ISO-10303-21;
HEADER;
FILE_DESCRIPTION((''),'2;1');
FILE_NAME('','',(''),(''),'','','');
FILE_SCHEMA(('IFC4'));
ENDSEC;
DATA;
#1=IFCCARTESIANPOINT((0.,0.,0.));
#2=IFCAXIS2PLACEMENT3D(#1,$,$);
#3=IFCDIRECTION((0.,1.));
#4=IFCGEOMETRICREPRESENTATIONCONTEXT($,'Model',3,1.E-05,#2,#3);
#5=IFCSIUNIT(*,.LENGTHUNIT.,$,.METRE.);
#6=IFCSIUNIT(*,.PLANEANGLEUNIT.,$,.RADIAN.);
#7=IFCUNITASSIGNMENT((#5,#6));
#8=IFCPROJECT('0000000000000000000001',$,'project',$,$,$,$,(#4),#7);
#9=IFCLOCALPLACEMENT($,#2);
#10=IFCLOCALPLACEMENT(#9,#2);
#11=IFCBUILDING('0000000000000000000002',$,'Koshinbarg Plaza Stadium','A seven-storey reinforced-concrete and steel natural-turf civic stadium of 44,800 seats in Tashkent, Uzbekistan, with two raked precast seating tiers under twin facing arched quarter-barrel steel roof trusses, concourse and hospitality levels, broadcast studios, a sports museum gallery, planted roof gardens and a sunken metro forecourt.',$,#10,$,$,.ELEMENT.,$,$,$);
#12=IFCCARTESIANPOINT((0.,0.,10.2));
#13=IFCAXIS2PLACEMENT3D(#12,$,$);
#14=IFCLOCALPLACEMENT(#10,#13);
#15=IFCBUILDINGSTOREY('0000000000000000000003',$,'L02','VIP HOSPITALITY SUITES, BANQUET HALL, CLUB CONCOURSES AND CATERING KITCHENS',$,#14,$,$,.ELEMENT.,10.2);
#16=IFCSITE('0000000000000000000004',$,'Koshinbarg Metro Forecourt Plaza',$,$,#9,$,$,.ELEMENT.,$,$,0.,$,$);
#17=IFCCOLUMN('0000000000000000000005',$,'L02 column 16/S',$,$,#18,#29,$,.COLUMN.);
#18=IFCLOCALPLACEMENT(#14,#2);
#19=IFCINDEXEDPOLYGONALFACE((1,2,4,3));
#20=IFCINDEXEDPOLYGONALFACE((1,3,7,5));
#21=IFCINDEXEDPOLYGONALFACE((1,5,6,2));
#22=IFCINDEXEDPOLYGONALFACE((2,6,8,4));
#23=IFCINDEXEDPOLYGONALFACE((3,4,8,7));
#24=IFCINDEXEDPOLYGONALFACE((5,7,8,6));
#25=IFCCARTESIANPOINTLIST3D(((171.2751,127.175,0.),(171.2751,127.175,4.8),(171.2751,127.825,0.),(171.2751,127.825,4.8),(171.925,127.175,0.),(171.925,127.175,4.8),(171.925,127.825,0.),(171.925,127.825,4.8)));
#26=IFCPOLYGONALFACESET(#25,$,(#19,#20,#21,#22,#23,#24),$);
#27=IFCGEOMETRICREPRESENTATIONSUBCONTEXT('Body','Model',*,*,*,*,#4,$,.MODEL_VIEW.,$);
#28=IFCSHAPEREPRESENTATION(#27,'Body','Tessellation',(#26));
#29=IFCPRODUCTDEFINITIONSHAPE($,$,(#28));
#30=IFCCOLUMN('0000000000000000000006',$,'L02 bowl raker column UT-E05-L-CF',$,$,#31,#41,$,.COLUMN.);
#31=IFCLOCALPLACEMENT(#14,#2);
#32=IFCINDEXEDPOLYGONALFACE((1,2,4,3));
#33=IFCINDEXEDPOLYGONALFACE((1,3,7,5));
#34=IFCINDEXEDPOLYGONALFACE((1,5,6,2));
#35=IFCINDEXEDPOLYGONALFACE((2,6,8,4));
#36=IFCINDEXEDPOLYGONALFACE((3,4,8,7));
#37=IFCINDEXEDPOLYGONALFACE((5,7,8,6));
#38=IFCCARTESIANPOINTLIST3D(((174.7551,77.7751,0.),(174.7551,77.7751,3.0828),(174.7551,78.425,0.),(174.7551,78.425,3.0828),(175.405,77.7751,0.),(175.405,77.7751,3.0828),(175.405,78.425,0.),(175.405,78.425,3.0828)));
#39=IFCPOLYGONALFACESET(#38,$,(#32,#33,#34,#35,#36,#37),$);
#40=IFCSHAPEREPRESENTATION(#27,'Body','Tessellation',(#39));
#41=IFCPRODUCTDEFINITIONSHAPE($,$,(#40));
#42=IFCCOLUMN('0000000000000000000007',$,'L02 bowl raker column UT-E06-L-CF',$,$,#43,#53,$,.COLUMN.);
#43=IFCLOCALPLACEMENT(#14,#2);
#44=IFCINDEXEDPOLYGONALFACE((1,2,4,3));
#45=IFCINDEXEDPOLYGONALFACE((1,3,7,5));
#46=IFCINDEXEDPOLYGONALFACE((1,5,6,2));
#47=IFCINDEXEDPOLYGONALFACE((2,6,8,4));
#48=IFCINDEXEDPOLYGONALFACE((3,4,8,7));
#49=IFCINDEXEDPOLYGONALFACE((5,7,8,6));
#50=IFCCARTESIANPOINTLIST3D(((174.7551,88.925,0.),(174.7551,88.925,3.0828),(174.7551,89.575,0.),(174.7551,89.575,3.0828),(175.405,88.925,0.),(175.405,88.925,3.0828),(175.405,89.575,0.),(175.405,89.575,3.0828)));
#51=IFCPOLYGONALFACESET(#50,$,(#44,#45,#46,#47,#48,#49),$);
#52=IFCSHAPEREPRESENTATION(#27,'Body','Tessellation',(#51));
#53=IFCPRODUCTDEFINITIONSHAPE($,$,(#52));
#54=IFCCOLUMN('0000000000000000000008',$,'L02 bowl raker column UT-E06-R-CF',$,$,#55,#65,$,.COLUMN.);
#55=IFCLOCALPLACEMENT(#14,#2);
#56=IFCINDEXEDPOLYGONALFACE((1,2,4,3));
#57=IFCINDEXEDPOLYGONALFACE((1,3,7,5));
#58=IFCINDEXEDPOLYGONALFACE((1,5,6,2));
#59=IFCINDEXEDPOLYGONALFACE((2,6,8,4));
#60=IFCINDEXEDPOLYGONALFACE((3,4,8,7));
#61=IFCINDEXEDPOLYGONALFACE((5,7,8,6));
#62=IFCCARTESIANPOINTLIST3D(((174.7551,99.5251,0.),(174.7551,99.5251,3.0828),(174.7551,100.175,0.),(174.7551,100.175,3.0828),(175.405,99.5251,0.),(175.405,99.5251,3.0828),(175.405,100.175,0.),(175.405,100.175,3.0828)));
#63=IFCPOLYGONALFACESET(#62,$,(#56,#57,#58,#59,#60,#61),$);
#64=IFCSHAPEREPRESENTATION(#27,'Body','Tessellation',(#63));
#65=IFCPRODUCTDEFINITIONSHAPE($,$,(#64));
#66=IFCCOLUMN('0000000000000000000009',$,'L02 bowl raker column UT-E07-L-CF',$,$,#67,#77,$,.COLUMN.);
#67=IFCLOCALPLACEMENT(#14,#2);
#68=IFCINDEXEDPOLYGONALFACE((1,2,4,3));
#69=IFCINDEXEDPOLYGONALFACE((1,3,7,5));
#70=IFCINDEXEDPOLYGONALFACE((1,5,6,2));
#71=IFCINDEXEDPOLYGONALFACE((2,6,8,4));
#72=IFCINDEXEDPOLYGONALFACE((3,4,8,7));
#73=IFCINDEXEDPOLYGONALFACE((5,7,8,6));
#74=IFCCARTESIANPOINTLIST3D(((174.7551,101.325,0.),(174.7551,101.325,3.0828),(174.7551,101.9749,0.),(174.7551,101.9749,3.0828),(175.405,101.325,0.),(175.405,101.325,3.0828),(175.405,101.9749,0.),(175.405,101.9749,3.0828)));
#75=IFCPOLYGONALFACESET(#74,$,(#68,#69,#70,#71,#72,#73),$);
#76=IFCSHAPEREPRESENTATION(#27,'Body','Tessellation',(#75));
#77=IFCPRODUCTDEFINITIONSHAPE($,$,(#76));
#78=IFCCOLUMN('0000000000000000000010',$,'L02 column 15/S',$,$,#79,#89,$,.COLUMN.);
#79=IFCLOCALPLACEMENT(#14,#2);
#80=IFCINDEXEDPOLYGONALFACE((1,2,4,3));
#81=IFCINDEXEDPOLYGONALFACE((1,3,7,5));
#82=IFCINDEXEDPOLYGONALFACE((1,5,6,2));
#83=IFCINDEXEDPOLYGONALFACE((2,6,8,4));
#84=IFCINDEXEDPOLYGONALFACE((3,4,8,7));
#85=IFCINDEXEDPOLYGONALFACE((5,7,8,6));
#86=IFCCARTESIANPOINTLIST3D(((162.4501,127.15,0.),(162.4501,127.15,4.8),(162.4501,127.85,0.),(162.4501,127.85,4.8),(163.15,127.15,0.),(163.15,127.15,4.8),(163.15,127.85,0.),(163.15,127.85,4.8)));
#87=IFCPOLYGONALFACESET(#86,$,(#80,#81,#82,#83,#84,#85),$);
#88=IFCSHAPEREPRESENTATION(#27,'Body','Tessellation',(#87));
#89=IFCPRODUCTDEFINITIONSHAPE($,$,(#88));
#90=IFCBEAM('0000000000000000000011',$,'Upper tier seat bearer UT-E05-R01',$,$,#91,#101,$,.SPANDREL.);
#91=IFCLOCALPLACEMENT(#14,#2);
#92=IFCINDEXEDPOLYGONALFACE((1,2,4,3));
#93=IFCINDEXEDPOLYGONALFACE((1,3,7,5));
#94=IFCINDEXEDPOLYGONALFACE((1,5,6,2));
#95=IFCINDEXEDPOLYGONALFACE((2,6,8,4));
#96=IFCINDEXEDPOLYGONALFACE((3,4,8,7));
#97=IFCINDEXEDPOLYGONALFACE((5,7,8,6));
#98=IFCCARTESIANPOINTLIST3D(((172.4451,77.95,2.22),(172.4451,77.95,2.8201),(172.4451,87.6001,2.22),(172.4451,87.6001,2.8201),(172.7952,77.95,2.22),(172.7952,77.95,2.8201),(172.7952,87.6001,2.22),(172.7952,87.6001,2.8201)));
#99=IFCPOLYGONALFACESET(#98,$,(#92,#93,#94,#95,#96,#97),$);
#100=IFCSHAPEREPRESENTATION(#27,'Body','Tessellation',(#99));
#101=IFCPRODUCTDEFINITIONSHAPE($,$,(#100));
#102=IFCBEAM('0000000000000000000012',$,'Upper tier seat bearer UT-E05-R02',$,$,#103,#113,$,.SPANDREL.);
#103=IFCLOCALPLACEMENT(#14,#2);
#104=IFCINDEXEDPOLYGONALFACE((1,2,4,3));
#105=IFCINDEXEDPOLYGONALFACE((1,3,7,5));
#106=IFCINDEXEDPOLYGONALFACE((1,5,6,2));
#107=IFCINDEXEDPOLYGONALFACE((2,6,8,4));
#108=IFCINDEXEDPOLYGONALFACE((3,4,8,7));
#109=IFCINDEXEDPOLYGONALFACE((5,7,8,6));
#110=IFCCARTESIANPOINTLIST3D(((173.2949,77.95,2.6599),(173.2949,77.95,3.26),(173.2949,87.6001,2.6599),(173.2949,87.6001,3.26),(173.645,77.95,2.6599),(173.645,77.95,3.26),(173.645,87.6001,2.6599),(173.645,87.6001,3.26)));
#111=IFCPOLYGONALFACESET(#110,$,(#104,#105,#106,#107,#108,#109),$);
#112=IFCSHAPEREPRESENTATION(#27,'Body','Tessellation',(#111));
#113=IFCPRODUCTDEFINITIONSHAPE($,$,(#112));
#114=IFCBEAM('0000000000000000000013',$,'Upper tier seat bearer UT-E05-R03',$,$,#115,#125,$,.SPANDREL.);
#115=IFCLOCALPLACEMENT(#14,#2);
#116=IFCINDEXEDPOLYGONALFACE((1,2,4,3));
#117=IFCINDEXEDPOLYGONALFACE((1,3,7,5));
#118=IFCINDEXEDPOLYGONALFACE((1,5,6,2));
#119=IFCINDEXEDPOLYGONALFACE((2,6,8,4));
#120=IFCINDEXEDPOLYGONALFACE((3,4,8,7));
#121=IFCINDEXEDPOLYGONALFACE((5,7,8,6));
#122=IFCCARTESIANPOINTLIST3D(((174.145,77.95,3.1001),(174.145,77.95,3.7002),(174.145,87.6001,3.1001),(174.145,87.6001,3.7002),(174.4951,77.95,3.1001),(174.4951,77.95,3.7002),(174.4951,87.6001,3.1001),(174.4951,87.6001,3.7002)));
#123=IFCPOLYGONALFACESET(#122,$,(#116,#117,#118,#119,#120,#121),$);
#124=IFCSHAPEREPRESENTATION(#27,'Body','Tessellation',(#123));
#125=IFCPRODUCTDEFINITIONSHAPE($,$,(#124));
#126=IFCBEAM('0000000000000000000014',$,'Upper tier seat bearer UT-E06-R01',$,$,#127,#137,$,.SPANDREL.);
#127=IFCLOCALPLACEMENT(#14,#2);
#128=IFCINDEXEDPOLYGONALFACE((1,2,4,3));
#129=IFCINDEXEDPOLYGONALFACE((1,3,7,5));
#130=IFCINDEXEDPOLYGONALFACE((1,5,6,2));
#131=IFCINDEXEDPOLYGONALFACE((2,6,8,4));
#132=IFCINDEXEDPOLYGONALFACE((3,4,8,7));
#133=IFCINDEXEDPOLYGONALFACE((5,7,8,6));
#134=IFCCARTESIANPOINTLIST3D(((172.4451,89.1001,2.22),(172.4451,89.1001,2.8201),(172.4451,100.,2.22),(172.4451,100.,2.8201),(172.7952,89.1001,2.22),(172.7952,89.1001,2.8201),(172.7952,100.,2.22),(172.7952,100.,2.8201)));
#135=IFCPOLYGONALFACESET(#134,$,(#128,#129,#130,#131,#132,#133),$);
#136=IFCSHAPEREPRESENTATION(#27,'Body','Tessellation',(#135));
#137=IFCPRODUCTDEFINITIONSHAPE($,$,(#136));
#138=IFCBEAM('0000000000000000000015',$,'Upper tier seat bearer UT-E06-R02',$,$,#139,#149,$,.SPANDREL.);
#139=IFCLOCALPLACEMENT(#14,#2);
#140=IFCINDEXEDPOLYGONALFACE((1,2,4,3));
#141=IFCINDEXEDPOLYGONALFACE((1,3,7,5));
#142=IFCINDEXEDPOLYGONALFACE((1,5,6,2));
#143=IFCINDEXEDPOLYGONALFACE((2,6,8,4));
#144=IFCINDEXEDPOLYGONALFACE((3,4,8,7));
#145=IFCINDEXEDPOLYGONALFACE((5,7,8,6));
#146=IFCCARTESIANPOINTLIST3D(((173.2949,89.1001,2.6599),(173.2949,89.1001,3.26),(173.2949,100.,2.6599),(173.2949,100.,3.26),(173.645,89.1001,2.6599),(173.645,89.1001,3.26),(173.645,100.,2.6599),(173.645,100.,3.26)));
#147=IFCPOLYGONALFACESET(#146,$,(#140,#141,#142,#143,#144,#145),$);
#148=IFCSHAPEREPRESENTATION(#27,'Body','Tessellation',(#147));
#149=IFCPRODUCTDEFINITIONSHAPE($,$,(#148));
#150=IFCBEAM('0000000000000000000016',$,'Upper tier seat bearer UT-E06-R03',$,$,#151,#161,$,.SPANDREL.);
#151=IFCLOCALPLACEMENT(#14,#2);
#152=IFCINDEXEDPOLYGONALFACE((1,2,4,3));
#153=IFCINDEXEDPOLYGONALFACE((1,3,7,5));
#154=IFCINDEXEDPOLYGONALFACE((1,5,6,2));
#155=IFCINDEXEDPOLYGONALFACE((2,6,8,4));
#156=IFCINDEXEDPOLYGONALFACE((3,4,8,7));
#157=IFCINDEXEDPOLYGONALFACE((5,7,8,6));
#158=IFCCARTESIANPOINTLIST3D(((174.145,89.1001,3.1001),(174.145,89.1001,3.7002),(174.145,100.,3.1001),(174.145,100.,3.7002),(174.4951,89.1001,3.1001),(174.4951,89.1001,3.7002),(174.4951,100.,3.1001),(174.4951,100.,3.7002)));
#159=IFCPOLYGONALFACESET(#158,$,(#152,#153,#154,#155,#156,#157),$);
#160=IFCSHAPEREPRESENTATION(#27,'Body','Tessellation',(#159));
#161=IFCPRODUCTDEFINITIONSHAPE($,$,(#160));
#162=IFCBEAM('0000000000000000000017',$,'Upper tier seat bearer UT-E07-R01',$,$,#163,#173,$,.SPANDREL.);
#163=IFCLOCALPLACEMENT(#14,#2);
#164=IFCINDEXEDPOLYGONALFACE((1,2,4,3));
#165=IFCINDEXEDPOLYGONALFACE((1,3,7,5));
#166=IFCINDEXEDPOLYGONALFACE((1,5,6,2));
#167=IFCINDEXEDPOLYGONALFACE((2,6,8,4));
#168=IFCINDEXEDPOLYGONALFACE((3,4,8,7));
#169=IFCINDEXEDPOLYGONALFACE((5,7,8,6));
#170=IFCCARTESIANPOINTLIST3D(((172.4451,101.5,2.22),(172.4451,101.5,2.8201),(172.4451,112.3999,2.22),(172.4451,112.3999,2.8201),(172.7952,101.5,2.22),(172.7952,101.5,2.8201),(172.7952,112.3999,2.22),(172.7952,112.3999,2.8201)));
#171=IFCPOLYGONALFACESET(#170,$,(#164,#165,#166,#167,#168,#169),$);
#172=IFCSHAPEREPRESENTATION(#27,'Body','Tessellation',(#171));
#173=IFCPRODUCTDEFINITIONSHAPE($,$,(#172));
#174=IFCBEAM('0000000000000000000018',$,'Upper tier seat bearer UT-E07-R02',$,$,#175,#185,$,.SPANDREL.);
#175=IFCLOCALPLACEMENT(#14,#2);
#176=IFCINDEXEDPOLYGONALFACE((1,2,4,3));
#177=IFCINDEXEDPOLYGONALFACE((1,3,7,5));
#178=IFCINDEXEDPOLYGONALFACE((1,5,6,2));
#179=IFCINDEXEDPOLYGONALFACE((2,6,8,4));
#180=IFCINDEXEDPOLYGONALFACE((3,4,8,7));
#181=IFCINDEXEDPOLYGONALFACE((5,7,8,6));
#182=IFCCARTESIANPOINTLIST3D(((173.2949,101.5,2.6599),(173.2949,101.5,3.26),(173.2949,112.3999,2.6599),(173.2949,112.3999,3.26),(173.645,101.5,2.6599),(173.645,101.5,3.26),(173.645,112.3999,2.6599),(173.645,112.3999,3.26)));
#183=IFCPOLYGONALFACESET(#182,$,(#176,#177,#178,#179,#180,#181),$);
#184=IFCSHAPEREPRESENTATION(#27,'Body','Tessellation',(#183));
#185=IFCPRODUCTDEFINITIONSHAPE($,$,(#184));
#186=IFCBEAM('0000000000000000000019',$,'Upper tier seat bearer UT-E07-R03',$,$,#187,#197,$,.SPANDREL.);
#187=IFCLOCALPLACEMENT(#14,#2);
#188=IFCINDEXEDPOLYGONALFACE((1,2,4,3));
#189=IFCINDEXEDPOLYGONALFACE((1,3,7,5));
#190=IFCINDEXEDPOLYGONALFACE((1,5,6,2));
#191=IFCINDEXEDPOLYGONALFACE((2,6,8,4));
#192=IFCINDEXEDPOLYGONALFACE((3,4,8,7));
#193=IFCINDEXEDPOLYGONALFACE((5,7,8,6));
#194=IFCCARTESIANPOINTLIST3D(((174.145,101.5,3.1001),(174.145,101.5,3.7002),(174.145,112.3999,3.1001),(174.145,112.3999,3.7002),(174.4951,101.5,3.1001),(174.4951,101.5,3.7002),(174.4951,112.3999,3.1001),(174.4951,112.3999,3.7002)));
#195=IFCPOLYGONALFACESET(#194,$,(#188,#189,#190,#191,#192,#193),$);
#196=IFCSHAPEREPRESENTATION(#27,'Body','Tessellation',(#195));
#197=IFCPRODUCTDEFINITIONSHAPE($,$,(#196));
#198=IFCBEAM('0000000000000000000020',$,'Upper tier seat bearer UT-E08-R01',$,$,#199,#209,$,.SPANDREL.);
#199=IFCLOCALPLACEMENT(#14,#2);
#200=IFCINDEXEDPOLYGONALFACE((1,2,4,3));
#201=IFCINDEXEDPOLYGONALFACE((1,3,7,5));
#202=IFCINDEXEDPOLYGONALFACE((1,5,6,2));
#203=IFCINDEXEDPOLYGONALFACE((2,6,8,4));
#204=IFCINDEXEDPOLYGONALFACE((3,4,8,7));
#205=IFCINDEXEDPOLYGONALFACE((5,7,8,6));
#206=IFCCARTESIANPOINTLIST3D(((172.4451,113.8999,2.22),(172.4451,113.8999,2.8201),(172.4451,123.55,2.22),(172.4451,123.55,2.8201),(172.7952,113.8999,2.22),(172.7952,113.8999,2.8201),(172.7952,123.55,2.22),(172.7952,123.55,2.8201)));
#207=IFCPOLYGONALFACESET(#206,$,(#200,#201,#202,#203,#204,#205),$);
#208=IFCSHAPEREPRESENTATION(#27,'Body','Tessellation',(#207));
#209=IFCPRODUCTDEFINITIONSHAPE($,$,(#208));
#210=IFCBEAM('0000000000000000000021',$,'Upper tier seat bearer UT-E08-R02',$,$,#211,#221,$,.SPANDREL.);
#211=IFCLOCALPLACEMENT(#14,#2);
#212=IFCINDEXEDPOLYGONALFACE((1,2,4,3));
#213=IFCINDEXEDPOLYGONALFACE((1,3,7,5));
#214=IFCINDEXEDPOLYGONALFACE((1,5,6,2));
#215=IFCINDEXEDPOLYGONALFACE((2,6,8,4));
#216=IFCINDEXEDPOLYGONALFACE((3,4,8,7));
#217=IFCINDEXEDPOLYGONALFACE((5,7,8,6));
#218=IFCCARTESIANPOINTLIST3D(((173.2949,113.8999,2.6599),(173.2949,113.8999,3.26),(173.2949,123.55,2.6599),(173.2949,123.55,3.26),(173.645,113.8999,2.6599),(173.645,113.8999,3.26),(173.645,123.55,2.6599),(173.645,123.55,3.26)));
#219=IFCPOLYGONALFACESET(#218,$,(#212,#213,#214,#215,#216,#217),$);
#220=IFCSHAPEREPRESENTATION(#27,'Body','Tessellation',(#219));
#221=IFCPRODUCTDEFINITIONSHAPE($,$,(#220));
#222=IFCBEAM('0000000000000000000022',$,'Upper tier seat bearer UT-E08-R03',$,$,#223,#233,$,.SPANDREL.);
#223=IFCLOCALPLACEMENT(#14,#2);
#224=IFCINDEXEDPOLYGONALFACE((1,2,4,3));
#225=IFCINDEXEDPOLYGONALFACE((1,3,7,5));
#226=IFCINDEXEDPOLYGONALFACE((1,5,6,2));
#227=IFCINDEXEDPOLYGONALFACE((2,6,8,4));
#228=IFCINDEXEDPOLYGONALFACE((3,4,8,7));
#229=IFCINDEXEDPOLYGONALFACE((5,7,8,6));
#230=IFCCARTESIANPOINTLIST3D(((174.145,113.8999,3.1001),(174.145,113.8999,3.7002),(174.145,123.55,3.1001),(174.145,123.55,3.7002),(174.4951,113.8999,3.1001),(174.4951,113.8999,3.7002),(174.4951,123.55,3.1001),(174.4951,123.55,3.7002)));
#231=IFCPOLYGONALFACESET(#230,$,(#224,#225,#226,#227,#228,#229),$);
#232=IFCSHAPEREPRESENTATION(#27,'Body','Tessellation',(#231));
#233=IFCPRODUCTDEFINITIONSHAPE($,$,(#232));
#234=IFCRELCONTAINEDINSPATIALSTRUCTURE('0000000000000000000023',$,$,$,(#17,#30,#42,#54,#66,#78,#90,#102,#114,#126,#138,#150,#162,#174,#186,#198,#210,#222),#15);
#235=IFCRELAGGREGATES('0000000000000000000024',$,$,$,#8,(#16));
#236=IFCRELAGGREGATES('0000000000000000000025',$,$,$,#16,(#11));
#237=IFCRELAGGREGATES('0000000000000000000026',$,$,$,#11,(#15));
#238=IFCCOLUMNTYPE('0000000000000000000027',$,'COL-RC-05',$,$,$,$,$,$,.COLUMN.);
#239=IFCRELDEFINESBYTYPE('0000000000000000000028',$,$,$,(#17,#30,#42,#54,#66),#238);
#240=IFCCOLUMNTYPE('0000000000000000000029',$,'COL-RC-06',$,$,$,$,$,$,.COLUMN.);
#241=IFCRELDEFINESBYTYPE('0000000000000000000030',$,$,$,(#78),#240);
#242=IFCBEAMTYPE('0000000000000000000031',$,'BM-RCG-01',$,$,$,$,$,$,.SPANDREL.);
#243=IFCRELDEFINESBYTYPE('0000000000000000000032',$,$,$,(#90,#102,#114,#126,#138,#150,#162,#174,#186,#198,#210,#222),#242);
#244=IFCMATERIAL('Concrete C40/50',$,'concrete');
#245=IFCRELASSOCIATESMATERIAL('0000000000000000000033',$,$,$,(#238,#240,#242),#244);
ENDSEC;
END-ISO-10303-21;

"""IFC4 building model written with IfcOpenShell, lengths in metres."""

from ifc_helpers import new_model, si_unit, direction, frame, origin, origin_2d, place, context, subcontext, project, spatial, rectangle, extrude, material, material_profile, profile_set, type_object, element, save


model = new_model("IFC4")

# Units and contexts
model_context = context("Model", 3, precision=1e-05, world=origin(), true_north=direction((0.0, 1.0)))
body_context = subcontext(model_context, "Body", "Model", "MODEL_VIEW")
ifc_project = project(units=[si_unit("LENGTHUNIT", "METRE"), si_unit("PLANEANGLEUNIT", "RADIAN")], contexts=[model_context])

# Site, building, storey
site_placement = place(None, origin())
site = spatial("IfcSite", under=ifc_project, at=site_placement, Name="Koshinbarg Metro Forecourt Plaza", CompositionType="ELEMENT", RefElevation=0.0)
building_placement = place(site_placement, origin())
building = spatial("IfcBuilding", under=site, at=building_placement, Name="Koshinbarg Plaza Stadium", Description="A seven-storey reinforced-concrete and steel natural-turf civic stadium of 44,800 seats in Tashkent, Uzbekistan, with two raked precast seating tiers under twin facing arched quarter-barrel steel roof trusses, concourse and hospitality levels, broadcast studios, a sports museum gallery, planted roof gardens and a sunken metro forecourt.", CompositionType="ELEMENT")
storey_placement = place(building_placement, frame((0.0, 0.0, 10.2)))
storey = spatial("IfcBuildingStorey", under=building, at=storey_placement, Name="L02", Description="VIP HOSPITALITY SUITES, BANQUET HALL, CLUB CONCOURSES AND CATERING KITCHENS", CompositionType="ELEMENT", Elevation=10.2)

# Columns
ifc_material_1 = material(Name="Concrete C40/50", Category="concrete")
ifc_material_profile_1 = material_profile(ifc_material_1, rectangle(XDim=0.6499, YDim=0.6499, at=origin_2d()), Name="RC 650x650")
ifc_profile_set_1 = profile_set([ifc_material_profile_1], Name="Concrete C40/50")
column_type_1 = type_object("IfcColumnType", Name="COL-RC-05", PredefinedType="COLUMN", material=ifc_profile_set_1)
column_1_placement = place(storey_placement, frame((171.6001, 127.5, 0.0), z_axis=(0.0, 0.0, 1.0), x_axis=(1.0, 0.0, 0.0)))
element("IfcColumn", 1, at=column_1_placement, inside=storey, type_object=column_type_1, Name="L02 column 16/S", PredefinedType="COLUMN", context=body_context, shape_type="SweptSolid", body=[
    extrude(rectangle(XDim=0.6499, YDim=0.6499, at=origin_2d()), origin(), (0.0, 0.0, 1.0), 4.8),
])
for number, where, z_axis, x_axis, name in (
    (2, (175.0801, 78.1001, 0.0), (0.0, 0.0, 1.0), (1.0, 0.0, 0.0), "L02 bowl raker column UT-E05-L-CF"),
    (3, (175.0801, 89.25, 0.0), (0.0, 0.0, 1.0), (1.0, 0.0, 0.0), "L02 bowl raker column UT-E06-L-CF"),
    (4, (175.0801, 99.8501, 0.0), (0.0, 0.0, 1.0), (1.0, 0.0, 0.0), "L02 bowl raker column UT-E06-R-CF"),
    (5, (175.0801, 101.6499, 0.0), (0.0, 0.0, 1.0), (1.0, 0.0, 0.0), "L02 bowl raker column UT-E07-L-CF"),
):
    element("IfcColumn", number, at=place(storey_placement, frame(where, z_axis=z_axis, x_axis=x_axis)), inside=storey, type_object=column_type_1, Name=name, PredefinedType="COLUMN", context=body_context, shape_type="SweptSolid", body=[
        extrude(rectangle(XDim=0.6499, YDim=0.6499, at=origin_2d()), origin(), (0.0, 0.0, 1.0), 3.0828),
    ])
ifc_material_profile_2 = material_profile(ifc_material_1, rectangle(XDim=0.7, YDim=0.7, at=origin_2d()), Name="RC 700x700")
ifc_profile_set_2 = profile_set([ifc_material_profile_2], Name="Concrete C40/50")
column_type_2 = type_object("IfcColumnType", Name="COL-RC-06", PredefinedType="COLUMN", material=ifc_profile_set_2)
column_2_placement = place(storey_placement, frame((162.8, 127.5, 0.0), z_axis=(0.0, 0.0, 1.0), x_axis=(1.0, 0.0, 0.0)))
element("IfcColumn", 6, at=column_2_placement, inside=storey, type_object=column_type_2, Name="L02 column 15/S", PredefinedType="COLUMN", context=body_context, shape_type="SweptSolid", body=[
    extrude(rectangle(XDim=0.7, YDim=0.7, at=origin_2d()), origin(), (0.0, 0.0, 1.0), 4.8),
])

# Beams
ifc_material_profile_3 = material_profile(ifc_material_1, rectangle(XDim=0.3501, YDim=0.6001, at=origin_2d()), Name="RC 350x600")
ifc_profile_set_3 = profile_set([ifc_material_profile_3], Name="Concrete C40/50")
beam_type_1 = type_object("IfcBeamType", Name="BM-RCG-01", PredefinedType="SPANDREL", material=ifc_profile_set_3)
for number, where, z_axis, x_axis, name in (
    (7, (172.6201, 77.95, 2.52), (0.0, 1.0, 0.0), (-1.0, 0.0, 0.0), "Upper tier seat bearer UT-E05-R01"),
    (8, (173.47, 77.95, 2.96), (0.0, 1.0, 0.0), (-1.0, 0.0, 0.0), "Upper tier seat bearer UT-E05-R02"),
    (9, (174.3201, 77.95, 3.4001), (0.0, 1.0, 0.0), (-1.0, 0.0, 0.0), "Upper tier seat bearer UT-E05-R03"),
):
    element("IfcBeam", number, at=place(storey_placement, frame(where, z_axis=z_axis, x_axis=x_axis)), inside=storey, type_object=beam_type_1, Name=name, PredefinedType="SPANDREL", context=body_context, shape_type="SweptSolid", body=[
        extrude(rectangle(XDim=0.3501, YDim=0.6001, at=origin_2d()), origin(), (0.0, 0.0, 1.0), 9.6501),
    ])
for number, where, z_axis, x_axis, name in (
    (10, (172.6201, 89.1001, 2.52), (0.0, 1.0, 0.0), (-1.0, 0.0, 0.0), "Upper tier seat bearer UT-E06-R01"),
    (11, (173.47, 89.1001, 2.96), (0.0, 1.0, 0.0), (-1.0, 0.0, 0.0), "Upper tier seat bearer UT-E06-R02"),
    (12, (174.3201, 89.1001, 3.4001), (0.0, 1.0, 0.0), (-1.0, 0.0, 0.0), "Upper tier seat bearer UT-E06-R03"),
    (13, (172.6201, 101.5, 2.52), (0.0, 1.0, 0.0), (-1.0, 0.0, 0.0), "Upper tier seat bearer UT-E07-R01"),
    (14, (173.47, 101.5, 2.96), (0.0, 1.0, 0.0), (-1.0, 0.0, 0.0), "Upper tier seat bearer UT-E07-R02"),
    (15, (174.3201, 101.5, 3.4001), (0.0, 1.0, 0.0), (-1.0, 0.0, 0.0), "Upper tier seat bearer UT-E07-R03"),
):
    element("IfcBeam", number, at=place(storey_placement, frame(where, z_axis=z_axis, x_axis=x_axis)), inside=storey, type_object=beam_type_1, Name=name, PredefinedType="SPANDREL", context=body_context, shape_type="SweptSolid", body=[
        extrude(rectangle(XDim=0.3501, YDim=0.6001, at=origin_2d()), origin(), (0.0, 0.0, 1.0), 10.8999),
    ])
for number, where, z_axis, x_axis, name in (
    (16, (172.6201, 113.8999, 2.52), (0.0, 1.0, 0.0), (-1.0, 0.0, 0.0), "Upper tier seat bearer UT-E08-R01"),
    (17, (173.47, 113.8999, 2.96), (0.0, 1.0, 0.0), (-1.0, 0.0, 0.0), "Upper tier seat bearer UT-E08-R02"),
    (18, (174.3201, 113.8999, 3.4001), (0.0, 1.0, 0.0), (-1.0, 0.0, 0.0), "Upper tier seat bearer UT-E08-R03"),
):
    element("IfcBeam", number, at=place(storey_placement, frame(where, z_axis=z_axis, x_axis=x_axis)), inside=storey, type_object=beam_type_1, Name=name, PredefinedType="SPANDREL", context=body_context, shape_type="SweptSolid", body=[
        extrude(rectangle(XDim=0.3501, YDim=0.6001, at=origin_2d()), origin(), (0.0, 0.0, 1.0), 9.6501),
    ])

save(model, "model.ifc")
